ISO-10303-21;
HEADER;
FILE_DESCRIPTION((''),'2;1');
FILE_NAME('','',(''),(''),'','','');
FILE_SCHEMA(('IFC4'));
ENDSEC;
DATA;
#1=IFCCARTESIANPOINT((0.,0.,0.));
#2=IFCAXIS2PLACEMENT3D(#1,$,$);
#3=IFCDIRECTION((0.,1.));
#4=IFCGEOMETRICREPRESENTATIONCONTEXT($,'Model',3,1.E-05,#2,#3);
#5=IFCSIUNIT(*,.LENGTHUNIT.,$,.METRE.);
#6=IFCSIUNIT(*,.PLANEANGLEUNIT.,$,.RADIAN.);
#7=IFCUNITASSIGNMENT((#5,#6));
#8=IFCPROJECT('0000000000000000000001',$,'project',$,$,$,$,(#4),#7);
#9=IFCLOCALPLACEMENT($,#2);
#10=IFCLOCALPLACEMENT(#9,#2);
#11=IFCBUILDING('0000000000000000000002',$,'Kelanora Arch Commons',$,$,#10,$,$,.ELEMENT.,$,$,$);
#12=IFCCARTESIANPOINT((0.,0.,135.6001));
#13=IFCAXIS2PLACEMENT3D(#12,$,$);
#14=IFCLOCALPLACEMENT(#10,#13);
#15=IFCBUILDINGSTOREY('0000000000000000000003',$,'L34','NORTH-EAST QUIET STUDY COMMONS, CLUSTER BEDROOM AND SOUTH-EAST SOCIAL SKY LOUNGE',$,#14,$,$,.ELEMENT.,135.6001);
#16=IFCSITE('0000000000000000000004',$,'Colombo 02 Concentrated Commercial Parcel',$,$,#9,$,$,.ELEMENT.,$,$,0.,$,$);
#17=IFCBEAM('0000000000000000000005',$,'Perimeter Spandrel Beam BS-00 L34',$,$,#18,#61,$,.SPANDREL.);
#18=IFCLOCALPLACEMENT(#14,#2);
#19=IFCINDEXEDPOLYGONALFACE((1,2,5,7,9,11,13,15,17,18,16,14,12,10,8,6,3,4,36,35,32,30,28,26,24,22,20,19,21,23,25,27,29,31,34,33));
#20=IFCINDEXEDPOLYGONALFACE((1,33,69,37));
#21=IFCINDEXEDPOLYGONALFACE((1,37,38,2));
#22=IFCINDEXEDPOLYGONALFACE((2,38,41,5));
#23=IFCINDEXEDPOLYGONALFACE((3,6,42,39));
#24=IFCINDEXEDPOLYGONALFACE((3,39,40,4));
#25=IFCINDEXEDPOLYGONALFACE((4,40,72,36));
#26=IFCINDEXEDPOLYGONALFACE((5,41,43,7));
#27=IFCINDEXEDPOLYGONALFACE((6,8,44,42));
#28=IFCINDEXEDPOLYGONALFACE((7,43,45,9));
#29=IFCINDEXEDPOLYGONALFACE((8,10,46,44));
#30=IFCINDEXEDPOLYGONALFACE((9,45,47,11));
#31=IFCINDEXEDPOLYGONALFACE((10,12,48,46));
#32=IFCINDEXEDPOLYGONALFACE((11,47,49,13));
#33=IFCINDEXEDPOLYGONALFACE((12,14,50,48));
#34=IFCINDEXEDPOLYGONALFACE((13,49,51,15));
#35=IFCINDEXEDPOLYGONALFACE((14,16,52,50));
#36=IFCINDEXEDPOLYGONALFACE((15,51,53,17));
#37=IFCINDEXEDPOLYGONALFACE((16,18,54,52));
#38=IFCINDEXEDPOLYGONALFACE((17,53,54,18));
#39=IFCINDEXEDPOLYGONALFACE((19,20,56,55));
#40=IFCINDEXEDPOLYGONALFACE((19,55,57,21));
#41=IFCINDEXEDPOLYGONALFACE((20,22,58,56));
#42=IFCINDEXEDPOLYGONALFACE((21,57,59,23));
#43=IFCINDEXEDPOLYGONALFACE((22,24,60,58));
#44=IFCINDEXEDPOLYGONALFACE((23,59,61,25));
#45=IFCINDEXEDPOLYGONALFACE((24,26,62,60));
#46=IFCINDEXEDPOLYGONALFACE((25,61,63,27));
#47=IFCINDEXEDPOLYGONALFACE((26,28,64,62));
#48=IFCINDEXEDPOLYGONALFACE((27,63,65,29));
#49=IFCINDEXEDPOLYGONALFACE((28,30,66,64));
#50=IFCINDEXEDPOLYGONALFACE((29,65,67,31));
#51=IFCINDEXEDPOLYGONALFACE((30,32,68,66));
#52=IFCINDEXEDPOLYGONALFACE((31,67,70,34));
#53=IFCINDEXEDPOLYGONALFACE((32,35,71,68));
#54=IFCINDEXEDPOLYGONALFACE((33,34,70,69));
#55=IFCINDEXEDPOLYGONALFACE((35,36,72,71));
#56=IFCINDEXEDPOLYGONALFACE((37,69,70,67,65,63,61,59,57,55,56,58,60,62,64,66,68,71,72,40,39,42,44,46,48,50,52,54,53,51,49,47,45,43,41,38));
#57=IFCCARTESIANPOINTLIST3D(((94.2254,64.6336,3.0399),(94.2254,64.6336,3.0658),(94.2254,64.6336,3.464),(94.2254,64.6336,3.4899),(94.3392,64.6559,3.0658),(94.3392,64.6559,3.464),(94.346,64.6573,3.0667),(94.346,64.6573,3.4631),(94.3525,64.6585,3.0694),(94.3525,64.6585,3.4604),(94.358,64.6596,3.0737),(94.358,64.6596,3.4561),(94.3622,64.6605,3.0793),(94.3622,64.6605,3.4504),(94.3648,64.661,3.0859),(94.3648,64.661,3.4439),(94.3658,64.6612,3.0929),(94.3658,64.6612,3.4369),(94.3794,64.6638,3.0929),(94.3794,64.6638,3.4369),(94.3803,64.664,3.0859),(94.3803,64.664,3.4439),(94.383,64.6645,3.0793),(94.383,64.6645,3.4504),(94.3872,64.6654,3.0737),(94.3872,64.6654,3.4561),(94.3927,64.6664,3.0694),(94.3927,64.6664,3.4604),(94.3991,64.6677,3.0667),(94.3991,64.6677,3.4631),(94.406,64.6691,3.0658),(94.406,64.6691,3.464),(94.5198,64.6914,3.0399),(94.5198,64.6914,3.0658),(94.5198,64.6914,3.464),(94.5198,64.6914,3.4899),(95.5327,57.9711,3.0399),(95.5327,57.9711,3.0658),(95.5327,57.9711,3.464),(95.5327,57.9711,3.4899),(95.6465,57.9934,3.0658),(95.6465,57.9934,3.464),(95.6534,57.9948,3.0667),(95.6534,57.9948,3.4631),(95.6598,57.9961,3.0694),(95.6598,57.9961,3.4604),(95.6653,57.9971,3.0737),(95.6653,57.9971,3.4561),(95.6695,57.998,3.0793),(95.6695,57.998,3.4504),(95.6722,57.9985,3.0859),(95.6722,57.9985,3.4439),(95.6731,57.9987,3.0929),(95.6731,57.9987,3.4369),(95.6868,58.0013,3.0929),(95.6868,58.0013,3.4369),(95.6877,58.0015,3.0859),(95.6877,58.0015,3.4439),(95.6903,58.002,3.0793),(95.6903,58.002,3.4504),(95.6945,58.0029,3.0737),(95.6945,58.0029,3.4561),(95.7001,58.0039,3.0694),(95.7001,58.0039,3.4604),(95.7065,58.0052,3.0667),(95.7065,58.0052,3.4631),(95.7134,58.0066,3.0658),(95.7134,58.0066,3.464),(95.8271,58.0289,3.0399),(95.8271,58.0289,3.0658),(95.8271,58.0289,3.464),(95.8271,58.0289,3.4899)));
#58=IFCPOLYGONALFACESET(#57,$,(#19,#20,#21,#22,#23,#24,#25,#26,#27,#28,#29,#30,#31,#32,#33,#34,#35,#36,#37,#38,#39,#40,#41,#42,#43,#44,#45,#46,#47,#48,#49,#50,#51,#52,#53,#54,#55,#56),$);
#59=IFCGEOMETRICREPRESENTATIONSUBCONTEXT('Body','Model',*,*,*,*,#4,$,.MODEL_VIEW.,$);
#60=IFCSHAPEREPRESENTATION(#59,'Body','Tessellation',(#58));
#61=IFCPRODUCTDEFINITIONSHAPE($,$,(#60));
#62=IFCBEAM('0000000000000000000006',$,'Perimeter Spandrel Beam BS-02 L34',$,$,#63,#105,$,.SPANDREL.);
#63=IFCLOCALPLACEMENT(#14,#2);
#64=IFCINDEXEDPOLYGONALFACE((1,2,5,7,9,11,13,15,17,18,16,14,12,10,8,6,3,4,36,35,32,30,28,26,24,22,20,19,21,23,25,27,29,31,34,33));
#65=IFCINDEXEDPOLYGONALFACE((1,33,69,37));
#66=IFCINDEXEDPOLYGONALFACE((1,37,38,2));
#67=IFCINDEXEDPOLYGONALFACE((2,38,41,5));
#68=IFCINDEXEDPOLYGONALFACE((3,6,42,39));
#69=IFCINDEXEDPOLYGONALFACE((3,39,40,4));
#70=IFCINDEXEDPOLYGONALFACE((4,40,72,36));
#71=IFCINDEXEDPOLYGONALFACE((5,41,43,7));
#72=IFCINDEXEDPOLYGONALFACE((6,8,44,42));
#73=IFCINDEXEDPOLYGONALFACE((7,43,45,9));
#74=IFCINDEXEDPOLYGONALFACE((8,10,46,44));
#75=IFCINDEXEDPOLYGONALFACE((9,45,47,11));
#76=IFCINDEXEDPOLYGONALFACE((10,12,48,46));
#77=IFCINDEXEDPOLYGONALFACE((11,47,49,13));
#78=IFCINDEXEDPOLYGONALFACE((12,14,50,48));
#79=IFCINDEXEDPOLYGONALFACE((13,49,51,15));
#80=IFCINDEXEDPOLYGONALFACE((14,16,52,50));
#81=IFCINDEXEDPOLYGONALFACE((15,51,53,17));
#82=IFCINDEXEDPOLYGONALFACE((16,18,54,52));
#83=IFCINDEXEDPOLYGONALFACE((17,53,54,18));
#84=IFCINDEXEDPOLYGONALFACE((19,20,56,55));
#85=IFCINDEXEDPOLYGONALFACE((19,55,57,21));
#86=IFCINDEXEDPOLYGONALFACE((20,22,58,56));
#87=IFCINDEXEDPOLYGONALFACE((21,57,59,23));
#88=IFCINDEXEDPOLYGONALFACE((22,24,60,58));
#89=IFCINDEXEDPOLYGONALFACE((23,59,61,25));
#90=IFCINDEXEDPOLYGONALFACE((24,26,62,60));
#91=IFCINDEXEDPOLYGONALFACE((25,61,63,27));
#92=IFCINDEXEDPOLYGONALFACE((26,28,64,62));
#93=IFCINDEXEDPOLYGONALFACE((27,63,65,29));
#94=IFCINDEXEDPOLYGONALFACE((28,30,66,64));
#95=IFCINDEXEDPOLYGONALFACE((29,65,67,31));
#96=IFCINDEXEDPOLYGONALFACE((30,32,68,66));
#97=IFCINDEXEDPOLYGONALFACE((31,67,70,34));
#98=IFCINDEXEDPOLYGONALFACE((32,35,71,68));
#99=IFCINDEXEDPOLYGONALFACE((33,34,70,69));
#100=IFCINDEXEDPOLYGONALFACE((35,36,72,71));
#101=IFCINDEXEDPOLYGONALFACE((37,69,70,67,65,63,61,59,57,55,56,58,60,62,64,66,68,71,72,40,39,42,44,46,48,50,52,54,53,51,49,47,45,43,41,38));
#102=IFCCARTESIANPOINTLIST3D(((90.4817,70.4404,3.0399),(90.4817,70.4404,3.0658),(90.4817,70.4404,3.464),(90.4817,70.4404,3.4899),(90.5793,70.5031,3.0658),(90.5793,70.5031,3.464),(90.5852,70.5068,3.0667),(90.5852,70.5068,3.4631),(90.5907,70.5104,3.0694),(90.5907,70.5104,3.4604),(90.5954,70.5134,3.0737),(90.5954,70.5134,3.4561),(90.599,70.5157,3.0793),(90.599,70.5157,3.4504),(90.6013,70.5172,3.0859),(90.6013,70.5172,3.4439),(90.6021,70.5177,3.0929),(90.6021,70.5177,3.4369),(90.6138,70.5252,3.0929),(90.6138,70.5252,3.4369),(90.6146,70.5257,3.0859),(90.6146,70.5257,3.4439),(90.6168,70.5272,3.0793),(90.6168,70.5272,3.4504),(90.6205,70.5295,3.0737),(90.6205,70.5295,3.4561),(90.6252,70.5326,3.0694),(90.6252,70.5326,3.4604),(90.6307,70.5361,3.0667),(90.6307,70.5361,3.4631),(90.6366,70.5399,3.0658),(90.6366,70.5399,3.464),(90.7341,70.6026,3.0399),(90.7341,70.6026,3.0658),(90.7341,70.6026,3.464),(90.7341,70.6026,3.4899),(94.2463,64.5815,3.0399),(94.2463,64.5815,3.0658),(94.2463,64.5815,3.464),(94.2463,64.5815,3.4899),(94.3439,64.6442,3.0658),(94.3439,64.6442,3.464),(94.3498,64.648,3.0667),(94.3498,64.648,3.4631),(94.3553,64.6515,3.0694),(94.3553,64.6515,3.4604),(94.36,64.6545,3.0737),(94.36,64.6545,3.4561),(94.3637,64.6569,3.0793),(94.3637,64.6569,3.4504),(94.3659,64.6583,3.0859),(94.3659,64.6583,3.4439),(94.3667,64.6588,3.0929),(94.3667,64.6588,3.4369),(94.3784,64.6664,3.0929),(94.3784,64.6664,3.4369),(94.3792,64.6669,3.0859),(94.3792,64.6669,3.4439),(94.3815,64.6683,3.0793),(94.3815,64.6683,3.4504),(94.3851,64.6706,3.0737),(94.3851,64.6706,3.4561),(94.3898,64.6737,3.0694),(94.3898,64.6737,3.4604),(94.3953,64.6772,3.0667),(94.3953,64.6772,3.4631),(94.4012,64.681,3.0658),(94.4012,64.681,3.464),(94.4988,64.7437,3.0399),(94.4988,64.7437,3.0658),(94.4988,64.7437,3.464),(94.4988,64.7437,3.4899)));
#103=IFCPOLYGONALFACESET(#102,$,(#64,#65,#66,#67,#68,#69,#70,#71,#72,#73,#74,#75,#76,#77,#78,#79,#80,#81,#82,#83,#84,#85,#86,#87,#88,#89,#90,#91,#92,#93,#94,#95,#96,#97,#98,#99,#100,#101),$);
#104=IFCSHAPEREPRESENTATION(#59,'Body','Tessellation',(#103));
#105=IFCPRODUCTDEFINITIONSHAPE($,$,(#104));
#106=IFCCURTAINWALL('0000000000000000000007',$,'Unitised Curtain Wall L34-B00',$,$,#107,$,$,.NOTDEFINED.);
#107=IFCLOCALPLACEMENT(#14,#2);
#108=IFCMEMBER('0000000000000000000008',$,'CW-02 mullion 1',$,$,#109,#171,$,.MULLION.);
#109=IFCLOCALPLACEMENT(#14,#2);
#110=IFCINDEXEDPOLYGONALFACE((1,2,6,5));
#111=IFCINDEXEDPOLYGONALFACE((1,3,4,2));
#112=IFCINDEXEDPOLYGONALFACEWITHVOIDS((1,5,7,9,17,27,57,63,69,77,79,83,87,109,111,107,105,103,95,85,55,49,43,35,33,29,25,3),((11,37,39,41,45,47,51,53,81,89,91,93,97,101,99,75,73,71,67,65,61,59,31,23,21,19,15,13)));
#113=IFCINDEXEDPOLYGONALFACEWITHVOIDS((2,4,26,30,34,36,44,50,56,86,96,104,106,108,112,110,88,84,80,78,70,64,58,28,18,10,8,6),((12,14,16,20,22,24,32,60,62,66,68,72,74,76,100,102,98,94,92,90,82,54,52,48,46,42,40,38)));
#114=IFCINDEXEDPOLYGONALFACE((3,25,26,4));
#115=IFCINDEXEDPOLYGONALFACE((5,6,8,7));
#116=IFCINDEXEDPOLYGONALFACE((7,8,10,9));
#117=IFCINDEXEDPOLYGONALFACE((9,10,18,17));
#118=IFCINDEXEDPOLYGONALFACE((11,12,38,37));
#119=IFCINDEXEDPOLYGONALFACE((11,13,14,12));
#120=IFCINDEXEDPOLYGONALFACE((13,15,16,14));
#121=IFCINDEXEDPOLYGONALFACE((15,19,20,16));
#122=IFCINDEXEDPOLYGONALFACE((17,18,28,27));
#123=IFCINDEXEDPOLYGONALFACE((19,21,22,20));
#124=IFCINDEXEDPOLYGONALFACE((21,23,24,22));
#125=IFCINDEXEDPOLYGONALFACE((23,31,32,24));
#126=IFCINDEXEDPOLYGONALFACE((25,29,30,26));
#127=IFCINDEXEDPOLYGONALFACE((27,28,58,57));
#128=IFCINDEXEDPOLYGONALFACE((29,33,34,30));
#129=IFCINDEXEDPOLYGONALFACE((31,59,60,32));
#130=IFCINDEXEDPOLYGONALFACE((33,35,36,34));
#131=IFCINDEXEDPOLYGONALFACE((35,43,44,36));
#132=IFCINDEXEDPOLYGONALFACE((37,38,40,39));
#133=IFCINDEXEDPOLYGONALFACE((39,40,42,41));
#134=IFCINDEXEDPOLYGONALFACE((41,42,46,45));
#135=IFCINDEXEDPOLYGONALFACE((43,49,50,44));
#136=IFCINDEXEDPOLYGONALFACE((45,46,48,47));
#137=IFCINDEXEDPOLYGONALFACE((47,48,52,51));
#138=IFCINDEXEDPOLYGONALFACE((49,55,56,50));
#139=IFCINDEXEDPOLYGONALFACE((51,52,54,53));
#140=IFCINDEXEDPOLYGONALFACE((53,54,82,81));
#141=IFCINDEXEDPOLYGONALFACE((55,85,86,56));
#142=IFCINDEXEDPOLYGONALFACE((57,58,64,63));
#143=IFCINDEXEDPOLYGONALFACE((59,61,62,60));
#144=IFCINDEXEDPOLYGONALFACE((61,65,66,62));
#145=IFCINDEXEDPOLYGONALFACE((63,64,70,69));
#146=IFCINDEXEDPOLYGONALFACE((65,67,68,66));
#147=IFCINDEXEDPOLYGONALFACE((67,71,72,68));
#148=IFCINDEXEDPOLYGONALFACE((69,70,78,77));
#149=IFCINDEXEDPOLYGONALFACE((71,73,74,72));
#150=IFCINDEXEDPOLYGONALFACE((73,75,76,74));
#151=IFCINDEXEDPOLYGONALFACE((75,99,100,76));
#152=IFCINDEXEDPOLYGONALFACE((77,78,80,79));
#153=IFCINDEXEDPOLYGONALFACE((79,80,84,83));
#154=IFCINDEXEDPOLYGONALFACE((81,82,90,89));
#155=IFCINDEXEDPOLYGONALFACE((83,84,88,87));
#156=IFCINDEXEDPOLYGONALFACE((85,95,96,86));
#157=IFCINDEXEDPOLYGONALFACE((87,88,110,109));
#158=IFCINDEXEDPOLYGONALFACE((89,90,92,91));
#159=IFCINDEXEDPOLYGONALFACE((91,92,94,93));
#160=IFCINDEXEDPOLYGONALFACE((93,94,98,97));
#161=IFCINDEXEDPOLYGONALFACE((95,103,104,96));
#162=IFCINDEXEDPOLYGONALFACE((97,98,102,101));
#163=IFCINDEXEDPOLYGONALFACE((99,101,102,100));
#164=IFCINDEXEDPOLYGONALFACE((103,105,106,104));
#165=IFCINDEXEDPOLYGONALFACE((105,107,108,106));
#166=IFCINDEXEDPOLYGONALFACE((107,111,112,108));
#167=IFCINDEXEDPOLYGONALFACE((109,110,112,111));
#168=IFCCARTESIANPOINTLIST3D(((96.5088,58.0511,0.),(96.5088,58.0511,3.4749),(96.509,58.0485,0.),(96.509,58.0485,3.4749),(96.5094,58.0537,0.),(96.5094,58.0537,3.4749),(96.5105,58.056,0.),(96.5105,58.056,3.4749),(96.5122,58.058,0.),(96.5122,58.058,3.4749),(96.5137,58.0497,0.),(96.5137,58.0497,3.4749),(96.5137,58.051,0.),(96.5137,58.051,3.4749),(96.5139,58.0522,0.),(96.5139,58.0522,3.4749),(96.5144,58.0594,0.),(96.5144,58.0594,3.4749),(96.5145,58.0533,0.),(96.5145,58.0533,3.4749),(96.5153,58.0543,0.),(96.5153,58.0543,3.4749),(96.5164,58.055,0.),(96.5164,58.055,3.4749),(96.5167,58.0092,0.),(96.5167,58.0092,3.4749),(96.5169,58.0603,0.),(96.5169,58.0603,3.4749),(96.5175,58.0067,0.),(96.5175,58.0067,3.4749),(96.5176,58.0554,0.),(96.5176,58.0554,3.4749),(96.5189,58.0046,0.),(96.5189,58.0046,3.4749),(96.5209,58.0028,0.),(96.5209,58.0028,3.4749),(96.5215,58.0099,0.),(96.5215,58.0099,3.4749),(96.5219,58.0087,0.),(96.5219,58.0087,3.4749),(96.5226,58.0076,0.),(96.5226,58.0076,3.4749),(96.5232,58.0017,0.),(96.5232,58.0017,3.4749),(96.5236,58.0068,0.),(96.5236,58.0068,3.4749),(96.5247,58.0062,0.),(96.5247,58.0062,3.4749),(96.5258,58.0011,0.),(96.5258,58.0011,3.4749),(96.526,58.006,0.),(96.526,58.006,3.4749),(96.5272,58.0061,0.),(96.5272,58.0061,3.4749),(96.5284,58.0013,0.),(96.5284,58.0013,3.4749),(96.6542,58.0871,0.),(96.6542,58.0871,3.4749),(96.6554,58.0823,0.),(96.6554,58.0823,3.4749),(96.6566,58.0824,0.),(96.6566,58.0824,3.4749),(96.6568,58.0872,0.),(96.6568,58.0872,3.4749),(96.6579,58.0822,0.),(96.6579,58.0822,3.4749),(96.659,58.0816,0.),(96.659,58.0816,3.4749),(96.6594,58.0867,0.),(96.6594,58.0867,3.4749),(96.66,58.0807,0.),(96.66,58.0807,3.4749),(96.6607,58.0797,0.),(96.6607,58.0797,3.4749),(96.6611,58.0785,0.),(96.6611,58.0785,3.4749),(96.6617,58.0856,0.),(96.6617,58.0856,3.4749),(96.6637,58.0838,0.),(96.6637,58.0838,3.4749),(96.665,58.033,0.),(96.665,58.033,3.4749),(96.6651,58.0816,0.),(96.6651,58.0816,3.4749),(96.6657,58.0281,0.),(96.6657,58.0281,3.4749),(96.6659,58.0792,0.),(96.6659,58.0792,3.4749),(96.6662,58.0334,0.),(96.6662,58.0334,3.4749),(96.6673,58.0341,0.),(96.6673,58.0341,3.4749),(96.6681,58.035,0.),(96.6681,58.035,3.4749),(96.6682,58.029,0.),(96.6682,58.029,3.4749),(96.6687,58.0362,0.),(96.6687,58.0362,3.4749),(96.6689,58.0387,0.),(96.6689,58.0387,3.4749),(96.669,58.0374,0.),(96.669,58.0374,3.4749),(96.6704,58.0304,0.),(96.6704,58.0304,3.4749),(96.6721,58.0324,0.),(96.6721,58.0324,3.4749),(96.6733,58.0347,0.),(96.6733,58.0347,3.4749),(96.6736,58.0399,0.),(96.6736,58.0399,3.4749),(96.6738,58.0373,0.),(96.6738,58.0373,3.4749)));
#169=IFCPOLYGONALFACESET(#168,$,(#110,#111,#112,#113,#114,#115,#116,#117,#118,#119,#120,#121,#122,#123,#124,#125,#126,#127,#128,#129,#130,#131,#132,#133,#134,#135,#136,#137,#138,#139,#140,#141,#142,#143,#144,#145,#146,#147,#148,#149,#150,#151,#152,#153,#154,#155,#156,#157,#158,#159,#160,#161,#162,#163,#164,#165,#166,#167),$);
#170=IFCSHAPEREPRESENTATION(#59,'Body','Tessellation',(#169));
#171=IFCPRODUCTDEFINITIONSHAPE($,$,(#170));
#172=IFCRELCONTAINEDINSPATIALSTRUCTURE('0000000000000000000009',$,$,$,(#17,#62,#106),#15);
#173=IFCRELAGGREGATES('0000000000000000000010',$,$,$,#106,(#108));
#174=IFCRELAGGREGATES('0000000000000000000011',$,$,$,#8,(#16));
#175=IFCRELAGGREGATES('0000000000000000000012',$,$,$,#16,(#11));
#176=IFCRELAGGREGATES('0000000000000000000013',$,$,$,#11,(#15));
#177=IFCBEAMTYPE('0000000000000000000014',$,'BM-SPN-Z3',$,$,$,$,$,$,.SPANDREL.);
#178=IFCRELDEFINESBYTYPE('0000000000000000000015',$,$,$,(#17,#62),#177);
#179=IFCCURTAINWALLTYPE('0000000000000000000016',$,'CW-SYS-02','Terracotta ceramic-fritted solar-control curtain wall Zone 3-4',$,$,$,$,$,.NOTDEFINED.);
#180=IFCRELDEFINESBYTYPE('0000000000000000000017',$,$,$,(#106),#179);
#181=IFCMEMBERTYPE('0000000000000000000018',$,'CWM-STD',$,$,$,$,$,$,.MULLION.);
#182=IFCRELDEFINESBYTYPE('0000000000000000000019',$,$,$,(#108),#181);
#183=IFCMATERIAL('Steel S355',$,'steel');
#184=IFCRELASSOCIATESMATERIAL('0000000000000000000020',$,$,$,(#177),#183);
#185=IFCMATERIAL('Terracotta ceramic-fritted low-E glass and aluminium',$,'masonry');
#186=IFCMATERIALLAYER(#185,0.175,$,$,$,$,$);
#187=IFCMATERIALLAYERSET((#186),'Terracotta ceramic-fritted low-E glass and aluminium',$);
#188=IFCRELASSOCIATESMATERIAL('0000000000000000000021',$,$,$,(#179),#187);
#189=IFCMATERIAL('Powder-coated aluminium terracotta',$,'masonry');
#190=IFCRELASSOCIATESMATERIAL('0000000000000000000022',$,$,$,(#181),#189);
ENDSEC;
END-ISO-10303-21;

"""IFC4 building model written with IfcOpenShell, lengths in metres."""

from ifc_helpers import new_model, si_unit, direction, frame, origin, origin_2d, place, context, subcontext, project, spatial, hollow_rectangle, i_section, extrude, material, layer, layer_set, material_profile, profile_set, type_object, element, aggregate, save


model = new_model("IFC4")

# Units and contexts
model_context = context("Model", 3, precision=1e-05, world=origin(), true_north=direction((0.0, 1.0)))
body_context = subcontext(model_context, "Body", "Model", "MODEL_VIEW")
ifc_project = project(units=[si_unit("LENGTHUNIT", "METRE"), si_unit("PLANEANGLEUNIT", "RADIAN")], contexts=[model_context])

# Site, building, storey
site_placement = place(None, origin())
site = spatial("IfcSite", under=ifc_project, at=site_placement, Name="Colombo 02 Concentrated Commercial Parcel", CompositionType="ELEMENT", RefElevation=0.0)
building_placement = place(site_placement, origin())
building = spatial("IfcBuilding", under=site, at=building_placement, Name="Kelanora Arch Commons", CompositionType="ELEMENT")
storey_placement = place(building_placement, frame((0.0, 0.0, 135.6001)))
storey = spatial("IfcBuildingStorey", under=building, at=storey_placement, Name="L34", Description="NORTH-EAST QUIET STUDY COMMONS, CLUSTER BEDROOM AND SOUTH-EAST SOCIAL SKY LOUNGE", CompositionType="ELEMENT", Elevation=135.6001)

# Beams
ifc_material_1 = material(Name="Steel S355", Category="steel")
ifc_material_profile_1 = material_profile(ifc_material_1, i_section(OverallWidth=0.3, OverallDepth=0.45, WebThickness=0.0139, FlangeThickness=0.0259, FilletRadius=0.0271, at=origin_2d()), Name="HEB450")
ifc_profile_set_1 = profile_set([ifc_material_profile_1], Name="Steel S355")
beam_type_1 = type_object("IfcBeamType", Name="BM-SPN-Z3", PredefinedType="SPANDREL", material=ifc_profile_set_1)
beam_1_placement = place(storey_placement, frame((95.6799, 58.0, 3.2649), z_axis=(-0.192554, 0.981286, 0.0), x_axis=(-0.981286, -0.192554, 0.0)))
element("IfcBeam", 1, at=beam_1_placement, inside=storey, type_object=beam_type_1, Name="Perimeter Spandrel Beam BS-00 L34", PredefinedType="SPANDREL", context=body_context, shape_type="SweptSolid", body=[
    extrude(i_section(OverallWidth=0.3, OverallDepth=0.45, WebThickness=0.0139, FlangeThickness=0.0259, FilletRadius=0.0271, at=origin_2d()), origin(), (0.0, 0.0, 1.0), 6.7896),
])
beam_2_placement = place(storey_placement, frame((94.3726, 64.6626, 3.2649), z_axis=(-0.540577, 0.841295, 0.0), x_axis=(-0.841295, -0.540577, 0.0)))
element("IfcBeam", 2, at=beam_2_placement, inside=storey, type_object=beam_type_1, Name="Perimeter Spandrel Beam BS-02 L34", PredefinedType="SPANDREL", context=body_context, shape_type="SweptSolid", body=[
    extrude(i_section(OverallWidth=0.3, OverallDepth=0.45, WebThickness=0.0139, FlangeThickness=0.0259, FilletRadius=0.0271, at=origin_2d()), origin(), (0.0, 0.0, 1.0), 6.9641),
])

# Curtain wall, member
ifc_material_2 = material(Name="Terracotta ceramic-fritted low-E glass and aluminium", Category="masonry")
ifc_layer_1 = layer(ifc_material_2, 0.175)
ifc_layer_set_1 = layer_set([ifc_layer_1], Name="Terracotta ceramic-fritted low-E glass and aluminium")
curtain_wall_type = type_object("IfcCurtainWallType", Name="CW-SYS-02", Description="Terracotta ceramic-fritted solar-control curtain wall Zone 3-4", PredefinedType="NOTDEFINED", material=ifc_layer_set_1)
curtain_wall_placement = place(storey_placement, origin())
curtain_wall = element("IfcCurtainWall", 3, at=curtain_wall_placement, inside=storey, type_object=curtain_wall_type, Name="Unitised Curtain Wall L34-B00", PredefinedType="NOTDEFINED")
ifc_material_3 = material(Name="Powder-coated aluminium terracotta", Category="masonry")
ifc_material_profile_2 = material_profile(ifc_material_3, hollow_rectangle(XDim=0.1599, YDim=0.0601, WallThickness=0.0049, InnerFilletRadius=0.0049, OuterFilletRadius=0.01, at=origin_2d()), Name="CWM160x60")
ifc_profile_set_2 = profile_set([ifc_material_profile_2], Name="Powder-coated aluminium terracotta")
member_type_1 = type_object("IfcMemberType", Name="CWM-STD", PredefinedType="MULLION", material=ifc_profile_set_2)
member_1_placement = place(storey_placement, frame((96.5913, 58.0442, 0.0), z_axis=(0.0, 0.0, 1.0), x_axis=(-0.981453, -0.191705, 0.0)))
member_1 = element("IfcMember", 4, at=member_1_placement, type_object=member_type_1, Name="CW-02 mullion 1", PredefinedType="MULLION", context=body_context, shape_type="SweptSolid", body=[
    extrude(hollow_rectangle(XDim=0.1599, YDim=0.0601, WallThickness=0.0049, InnerFilletRadius=0.0049, OuterFilletRadius=0.01, at=origin_2d()), origin(), (0.0, 0.0, 1.0), 3.4749),
])
aggregate(curtain_wall, [member_1])

save(model, "model.ifc")
